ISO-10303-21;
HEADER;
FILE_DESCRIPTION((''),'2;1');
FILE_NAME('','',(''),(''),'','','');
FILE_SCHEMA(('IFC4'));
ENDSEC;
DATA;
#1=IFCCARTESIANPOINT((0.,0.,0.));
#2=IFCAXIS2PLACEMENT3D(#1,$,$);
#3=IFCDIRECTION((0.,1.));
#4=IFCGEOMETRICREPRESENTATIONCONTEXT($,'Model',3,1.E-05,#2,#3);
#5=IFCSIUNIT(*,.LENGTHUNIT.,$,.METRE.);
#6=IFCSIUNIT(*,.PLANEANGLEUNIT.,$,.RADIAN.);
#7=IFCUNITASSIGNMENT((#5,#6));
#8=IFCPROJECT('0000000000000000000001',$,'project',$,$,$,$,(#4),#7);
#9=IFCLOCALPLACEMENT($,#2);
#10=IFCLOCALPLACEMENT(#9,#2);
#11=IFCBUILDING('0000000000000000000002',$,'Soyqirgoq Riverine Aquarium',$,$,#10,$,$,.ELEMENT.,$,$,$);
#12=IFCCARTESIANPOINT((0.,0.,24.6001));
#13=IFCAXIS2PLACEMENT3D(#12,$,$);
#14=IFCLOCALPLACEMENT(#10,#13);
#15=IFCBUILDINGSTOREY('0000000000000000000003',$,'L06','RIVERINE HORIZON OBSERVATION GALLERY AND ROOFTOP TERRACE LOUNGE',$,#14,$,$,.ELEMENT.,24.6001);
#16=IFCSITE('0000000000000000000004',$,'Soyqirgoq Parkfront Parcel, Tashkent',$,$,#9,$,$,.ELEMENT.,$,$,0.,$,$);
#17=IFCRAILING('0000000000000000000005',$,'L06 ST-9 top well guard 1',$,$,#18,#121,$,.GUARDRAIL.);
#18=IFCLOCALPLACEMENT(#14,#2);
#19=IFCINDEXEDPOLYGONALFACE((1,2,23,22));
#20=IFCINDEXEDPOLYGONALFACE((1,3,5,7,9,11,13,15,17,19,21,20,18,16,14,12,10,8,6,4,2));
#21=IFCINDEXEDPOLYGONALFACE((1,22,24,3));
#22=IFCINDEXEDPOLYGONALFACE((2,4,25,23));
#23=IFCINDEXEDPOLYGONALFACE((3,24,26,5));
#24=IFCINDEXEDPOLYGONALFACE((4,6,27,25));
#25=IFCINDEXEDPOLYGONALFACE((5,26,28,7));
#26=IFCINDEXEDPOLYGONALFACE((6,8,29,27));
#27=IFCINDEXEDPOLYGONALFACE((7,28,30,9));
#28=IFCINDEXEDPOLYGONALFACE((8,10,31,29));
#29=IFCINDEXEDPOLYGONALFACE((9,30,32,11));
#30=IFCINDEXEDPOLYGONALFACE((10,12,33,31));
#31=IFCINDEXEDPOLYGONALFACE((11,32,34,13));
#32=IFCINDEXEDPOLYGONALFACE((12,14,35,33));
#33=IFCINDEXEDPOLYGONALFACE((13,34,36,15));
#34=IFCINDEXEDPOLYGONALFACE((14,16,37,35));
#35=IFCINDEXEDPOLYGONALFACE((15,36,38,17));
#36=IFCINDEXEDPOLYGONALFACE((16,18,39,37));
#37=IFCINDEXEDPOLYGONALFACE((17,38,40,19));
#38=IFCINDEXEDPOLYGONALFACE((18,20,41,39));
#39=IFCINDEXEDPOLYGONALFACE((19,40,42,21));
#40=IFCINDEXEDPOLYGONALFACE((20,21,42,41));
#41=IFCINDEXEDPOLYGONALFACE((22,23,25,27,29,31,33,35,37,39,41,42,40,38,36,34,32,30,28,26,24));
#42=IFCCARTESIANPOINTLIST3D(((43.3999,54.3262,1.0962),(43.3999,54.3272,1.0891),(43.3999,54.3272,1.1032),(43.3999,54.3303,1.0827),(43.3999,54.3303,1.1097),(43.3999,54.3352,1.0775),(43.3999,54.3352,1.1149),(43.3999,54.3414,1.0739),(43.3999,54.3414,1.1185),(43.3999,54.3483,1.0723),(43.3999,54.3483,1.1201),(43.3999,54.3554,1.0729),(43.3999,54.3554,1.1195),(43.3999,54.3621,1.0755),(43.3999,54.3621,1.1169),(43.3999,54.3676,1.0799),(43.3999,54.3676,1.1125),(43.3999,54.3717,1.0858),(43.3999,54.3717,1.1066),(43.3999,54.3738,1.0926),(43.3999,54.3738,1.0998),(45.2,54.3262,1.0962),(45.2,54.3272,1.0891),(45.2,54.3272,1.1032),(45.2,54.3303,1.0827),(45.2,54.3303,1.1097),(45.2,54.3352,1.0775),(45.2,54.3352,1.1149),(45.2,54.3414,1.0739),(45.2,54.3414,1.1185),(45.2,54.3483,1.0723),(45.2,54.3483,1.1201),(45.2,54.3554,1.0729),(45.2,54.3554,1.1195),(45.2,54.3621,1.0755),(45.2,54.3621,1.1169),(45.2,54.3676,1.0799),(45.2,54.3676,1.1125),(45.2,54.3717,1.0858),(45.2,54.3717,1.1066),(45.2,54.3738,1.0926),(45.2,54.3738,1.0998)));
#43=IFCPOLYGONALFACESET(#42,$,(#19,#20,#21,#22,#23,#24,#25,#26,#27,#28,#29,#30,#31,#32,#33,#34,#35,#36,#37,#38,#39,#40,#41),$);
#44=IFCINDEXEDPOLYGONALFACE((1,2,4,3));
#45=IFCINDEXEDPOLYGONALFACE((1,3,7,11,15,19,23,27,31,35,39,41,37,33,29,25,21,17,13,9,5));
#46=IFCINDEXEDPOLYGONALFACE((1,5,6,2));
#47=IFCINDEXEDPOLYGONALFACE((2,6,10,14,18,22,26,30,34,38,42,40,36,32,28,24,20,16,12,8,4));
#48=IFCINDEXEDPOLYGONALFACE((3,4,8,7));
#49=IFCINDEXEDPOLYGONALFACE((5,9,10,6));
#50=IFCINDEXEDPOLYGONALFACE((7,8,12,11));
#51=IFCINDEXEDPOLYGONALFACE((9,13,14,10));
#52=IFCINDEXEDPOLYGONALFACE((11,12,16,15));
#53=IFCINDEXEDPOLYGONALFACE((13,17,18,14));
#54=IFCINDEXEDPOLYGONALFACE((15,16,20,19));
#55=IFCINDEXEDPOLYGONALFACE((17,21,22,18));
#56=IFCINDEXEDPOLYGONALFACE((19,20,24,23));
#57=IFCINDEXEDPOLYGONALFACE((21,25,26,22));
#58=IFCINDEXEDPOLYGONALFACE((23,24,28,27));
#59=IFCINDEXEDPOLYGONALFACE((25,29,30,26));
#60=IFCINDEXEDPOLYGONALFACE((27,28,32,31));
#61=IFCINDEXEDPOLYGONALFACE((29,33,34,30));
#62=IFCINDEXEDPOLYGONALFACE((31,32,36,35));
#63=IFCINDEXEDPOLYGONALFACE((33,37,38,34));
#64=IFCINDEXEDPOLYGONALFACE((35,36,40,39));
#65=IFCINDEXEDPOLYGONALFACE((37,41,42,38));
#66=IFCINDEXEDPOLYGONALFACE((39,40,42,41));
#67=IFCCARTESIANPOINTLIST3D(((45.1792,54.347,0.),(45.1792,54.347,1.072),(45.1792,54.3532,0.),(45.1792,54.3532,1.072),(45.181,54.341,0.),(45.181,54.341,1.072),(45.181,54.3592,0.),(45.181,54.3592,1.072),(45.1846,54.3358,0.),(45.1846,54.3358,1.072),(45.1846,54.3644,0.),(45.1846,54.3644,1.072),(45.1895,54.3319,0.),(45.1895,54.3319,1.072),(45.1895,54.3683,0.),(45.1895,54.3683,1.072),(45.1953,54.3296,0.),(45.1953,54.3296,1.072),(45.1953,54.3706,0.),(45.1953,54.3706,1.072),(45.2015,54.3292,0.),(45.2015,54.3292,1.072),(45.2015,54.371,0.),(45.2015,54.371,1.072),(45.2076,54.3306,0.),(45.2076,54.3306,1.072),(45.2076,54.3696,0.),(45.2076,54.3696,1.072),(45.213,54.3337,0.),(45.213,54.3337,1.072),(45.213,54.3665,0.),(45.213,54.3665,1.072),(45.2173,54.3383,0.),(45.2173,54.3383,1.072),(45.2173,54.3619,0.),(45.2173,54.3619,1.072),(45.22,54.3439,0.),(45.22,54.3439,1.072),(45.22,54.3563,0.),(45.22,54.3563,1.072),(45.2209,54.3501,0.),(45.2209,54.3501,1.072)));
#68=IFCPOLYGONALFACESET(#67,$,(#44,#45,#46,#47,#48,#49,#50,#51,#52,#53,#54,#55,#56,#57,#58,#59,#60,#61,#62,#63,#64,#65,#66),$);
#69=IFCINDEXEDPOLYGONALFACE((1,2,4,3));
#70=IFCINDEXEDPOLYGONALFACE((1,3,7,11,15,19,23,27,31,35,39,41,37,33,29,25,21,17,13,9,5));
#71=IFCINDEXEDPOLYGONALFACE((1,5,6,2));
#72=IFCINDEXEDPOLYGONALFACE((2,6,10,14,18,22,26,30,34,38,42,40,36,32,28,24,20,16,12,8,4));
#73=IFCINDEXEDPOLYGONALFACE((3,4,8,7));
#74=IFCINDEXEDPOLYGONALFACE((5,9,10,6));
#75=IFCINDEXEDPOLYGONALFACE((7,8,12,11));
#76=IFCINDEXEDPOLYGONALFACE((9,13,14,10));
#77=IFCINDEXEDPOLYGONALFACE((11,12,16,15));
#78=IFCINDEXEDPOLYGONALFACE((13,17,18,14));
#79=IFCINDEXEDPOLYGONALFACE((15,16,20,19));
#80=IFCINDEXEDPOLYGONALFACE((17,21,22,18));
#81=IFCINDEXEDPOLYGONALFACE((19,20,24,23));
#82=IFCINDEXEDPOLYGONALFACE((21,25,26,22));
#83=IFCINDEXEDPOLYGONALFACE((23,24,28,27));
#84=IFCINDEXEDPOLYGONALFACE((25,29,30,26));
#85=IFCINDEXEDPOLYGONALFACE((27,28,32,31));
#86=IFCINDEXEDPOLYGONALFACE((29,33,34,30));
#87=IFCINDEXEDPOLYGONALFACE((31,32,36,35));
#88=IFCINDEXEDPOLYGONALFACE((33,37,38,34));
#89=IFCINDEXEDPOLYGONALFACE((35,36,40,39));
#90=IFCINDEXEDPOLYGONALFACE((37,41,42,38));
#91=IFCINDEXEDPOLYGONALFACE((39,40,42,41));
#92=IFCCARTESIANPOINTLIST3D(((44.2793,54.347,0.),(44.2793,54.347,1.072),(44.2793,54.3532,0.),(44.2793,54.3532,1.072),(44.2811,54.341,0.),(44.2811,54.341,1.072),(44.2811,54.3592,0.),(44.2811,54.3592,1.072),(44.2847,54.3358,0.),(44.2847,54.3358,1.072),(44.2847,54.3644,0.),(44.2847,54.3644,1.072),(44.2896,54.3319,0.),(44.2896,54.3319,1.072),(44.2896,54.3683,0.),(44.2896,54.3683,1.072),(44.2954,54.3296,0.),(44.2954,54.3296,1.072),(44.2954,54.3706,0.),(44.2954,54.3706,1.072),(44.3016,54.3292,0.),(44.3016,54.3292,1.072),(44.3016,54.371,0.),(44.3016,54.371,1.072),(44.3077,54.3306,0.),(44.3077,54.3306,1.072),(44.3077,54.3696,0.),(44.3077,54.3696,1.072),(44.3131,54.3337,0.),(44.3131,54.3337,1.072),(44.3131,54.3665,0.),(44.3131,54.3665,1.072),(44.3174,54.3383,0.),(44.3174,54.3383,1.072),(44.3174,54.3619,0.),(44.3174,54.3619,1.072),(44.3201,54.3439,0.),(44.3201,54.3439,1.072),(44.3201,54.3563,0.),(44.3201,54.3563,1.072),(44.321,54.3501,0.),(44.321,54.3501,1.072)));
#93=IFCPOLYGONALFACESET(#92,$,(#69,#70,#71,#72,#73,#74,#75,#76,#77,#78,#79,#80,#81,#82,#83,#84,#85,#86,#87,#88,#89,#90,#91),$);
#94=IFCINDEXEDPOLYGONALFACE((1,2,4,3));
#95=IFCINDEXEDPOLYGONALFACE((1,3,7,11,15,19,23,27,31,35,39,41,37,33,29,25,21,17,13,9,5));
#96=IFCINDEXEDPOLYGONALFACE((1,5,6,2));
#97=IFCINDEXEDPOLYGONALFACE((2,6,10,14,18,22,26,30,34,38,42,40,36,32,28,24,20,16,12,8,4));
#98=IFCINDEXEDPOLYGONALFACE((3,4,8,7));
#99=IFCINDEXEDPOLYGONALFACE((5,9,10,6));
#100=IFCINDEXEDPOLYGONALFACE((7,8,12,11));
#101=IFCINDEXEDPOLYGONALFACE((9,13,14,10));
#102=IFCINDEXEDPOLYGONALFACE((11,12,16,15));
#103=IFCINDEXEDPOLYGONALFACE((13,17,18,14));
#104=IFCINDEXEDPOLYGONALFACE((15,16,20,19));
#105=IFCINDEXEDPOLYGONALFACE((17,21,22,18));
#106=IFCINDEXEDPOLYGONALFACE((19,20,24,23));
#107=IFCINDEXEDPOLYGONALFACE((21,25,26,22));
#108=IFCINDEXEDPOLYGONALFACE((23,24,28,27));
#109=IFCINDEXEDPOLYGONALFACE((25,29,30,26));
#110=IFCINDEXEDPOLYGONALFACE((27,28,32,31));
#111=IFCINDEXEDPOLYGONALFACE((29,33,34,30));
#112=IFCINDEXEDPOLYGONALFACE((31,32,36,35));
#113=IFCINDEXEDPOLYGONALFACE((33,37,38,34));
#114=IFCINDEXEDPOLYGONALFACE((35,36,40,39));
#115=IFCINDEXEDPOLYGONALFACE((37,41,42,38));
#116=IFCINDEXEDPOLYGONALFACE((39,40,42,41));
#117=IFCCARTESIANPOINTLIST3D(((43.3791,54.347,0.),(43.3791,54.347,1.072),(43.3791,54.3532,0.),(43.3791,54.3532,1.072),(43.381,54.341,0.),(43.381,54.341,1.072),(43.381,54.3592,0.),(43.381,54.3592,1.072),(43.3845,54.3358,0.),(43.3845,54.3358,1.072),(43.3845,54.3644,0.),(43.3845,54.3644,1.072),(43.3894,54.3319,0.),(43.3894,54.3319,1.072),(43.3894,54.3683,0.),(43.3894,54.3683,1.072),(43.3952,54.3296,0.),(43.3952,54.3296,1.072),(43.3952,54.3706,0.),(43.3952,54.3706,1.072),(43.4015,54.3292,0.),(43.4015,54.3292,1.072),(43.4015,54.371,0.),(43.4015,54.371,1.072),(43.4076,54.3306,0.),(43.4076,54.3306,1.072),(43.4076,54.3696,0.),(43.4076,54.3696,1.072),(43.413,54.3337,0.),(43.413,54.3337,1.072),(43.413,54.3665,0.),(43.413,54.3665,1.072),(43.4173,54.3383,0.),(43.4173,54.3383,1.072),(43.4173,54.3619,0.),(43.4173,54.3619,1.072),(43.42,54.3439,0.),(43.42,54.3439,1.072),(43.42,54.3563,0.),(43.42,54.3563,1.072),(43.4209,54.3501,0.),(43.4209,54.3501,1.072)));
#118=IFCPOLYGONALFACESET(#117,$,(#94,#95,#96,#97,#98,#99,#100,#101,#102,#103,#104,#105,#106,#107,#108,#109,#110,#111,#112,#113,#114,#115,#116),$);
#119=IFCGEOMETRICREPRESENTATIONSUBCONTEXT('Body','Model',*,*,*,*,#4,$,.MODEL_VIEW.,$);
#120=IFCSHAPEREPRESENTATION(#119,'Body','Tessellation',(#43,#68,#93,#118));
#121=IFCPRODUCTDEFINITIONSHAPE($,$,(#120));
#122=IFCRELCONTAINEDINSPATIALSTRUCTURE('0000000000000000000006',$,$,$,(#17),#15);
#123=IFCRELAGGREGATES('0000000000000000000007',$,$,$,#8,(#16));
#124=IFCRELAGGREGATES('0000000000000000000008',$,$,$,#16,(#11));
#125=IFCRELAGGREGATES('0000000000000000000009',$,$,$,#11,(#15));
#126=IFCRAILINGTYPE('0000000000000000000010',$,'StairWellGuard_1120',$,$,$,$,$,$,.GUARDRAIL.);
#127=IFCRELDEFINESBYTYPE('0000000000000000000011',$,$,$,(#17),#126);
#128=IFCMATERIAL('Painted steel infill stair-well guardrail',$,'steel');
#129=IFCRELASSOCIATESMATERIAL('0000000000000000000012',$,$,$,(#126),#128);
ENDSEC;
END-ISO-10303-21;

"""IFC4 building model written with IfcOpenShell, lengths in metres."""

from ifc_helpers import new_model, si_unit, direction, frame, origin, origin_2d, place, context, subcontext, project, spatial, circle, extrude, material, type_object, element, save


model = new_model("IFC4")

# Units and contexts
model_context = context("Model", 3, precision=1e-05, world=origin(), true_north=direction((0.0, 1.0)))
body_context = subcontext(model_context, "Body", "Model", "MODEL_VIEW")
ifc_project = project(units=[si_unit("LENGTHUNIT", "METRE"), si_unit("PLANEANGLEUNIT", "RADIAN")], contexts=[model_context])

# Site, building, storey
site_placement = place(None, origin())
site = spatial("IfcSite", under=ifc_project, at=site_placement, Name="Soyqirgoq Parkfront Parcel, Tashkent", CompositionType="ELEMENT", RefElevation=0.0)
building_placement = place(site_placement, origin())
building = spatial("IfcBuilding", under=site, at=building_placement, Name="Soyqirgoq Riverine Aquarium", CompositionType="ELEMENT")
storey_placement = place(building_placement, frame((0.0, 0.0, 24.6001)))
storey = spatial("IfcBuildingStorey", under=building, at=storey_placement, Name="L06", Description="RIVERINE HORIZON OBSERVATION GALLERY AND ROOFTOP TERRACE LOUNGE", CompositionType="ELEMENT", Elevation=24.6001)

# Railing
ifc_material_1 = material(Name="Painted steel infill stair-well guardrail", Category="steel")
railing_type = type_object("IfcRailingType", Name="StairWellGuard_1120", PredefinedType="GUARDRAIL", material=ifc_material_1)
railing_placement = place(storey_placement, frame((45.2, 54.3501, 0.0)))
element("IfcRailing", 1, at=railing_placement, inside=storey, type_object=railing_type, Name="L06 ST-9 top well guard 1", PredefinedType="GUARDRAIL", context=body_context, shape_type="SweptSolid", body=[
    extrude(circle(Radius=0.0239, at=origin_2d()), frame((0.0, 0.0, 1.0962), z_axis=(-1.0, 0.0, 0.0), x_axis=(0.0, -1.0, 0.0)), (0.0, 0.0, 1.0), 1.8),
    extrude(circle(Radius=0.021, at=origin_2d()), origin(), (0.0, 0.0, 1.0), 1.072),
    extrude(circle(Radius=0.021, at=origin_2d()), frame((-0.8999, 0.0, 0.0)), (0.0, 0.0, 1.0), 1.072),
    extrude(circle(Radius=0.021, at=origin_2d()), frame((-1.8, 0.0, 0.0)), (0.0, 0.0, 1.0), 1.072),
])

save(model, "model.ifc")
